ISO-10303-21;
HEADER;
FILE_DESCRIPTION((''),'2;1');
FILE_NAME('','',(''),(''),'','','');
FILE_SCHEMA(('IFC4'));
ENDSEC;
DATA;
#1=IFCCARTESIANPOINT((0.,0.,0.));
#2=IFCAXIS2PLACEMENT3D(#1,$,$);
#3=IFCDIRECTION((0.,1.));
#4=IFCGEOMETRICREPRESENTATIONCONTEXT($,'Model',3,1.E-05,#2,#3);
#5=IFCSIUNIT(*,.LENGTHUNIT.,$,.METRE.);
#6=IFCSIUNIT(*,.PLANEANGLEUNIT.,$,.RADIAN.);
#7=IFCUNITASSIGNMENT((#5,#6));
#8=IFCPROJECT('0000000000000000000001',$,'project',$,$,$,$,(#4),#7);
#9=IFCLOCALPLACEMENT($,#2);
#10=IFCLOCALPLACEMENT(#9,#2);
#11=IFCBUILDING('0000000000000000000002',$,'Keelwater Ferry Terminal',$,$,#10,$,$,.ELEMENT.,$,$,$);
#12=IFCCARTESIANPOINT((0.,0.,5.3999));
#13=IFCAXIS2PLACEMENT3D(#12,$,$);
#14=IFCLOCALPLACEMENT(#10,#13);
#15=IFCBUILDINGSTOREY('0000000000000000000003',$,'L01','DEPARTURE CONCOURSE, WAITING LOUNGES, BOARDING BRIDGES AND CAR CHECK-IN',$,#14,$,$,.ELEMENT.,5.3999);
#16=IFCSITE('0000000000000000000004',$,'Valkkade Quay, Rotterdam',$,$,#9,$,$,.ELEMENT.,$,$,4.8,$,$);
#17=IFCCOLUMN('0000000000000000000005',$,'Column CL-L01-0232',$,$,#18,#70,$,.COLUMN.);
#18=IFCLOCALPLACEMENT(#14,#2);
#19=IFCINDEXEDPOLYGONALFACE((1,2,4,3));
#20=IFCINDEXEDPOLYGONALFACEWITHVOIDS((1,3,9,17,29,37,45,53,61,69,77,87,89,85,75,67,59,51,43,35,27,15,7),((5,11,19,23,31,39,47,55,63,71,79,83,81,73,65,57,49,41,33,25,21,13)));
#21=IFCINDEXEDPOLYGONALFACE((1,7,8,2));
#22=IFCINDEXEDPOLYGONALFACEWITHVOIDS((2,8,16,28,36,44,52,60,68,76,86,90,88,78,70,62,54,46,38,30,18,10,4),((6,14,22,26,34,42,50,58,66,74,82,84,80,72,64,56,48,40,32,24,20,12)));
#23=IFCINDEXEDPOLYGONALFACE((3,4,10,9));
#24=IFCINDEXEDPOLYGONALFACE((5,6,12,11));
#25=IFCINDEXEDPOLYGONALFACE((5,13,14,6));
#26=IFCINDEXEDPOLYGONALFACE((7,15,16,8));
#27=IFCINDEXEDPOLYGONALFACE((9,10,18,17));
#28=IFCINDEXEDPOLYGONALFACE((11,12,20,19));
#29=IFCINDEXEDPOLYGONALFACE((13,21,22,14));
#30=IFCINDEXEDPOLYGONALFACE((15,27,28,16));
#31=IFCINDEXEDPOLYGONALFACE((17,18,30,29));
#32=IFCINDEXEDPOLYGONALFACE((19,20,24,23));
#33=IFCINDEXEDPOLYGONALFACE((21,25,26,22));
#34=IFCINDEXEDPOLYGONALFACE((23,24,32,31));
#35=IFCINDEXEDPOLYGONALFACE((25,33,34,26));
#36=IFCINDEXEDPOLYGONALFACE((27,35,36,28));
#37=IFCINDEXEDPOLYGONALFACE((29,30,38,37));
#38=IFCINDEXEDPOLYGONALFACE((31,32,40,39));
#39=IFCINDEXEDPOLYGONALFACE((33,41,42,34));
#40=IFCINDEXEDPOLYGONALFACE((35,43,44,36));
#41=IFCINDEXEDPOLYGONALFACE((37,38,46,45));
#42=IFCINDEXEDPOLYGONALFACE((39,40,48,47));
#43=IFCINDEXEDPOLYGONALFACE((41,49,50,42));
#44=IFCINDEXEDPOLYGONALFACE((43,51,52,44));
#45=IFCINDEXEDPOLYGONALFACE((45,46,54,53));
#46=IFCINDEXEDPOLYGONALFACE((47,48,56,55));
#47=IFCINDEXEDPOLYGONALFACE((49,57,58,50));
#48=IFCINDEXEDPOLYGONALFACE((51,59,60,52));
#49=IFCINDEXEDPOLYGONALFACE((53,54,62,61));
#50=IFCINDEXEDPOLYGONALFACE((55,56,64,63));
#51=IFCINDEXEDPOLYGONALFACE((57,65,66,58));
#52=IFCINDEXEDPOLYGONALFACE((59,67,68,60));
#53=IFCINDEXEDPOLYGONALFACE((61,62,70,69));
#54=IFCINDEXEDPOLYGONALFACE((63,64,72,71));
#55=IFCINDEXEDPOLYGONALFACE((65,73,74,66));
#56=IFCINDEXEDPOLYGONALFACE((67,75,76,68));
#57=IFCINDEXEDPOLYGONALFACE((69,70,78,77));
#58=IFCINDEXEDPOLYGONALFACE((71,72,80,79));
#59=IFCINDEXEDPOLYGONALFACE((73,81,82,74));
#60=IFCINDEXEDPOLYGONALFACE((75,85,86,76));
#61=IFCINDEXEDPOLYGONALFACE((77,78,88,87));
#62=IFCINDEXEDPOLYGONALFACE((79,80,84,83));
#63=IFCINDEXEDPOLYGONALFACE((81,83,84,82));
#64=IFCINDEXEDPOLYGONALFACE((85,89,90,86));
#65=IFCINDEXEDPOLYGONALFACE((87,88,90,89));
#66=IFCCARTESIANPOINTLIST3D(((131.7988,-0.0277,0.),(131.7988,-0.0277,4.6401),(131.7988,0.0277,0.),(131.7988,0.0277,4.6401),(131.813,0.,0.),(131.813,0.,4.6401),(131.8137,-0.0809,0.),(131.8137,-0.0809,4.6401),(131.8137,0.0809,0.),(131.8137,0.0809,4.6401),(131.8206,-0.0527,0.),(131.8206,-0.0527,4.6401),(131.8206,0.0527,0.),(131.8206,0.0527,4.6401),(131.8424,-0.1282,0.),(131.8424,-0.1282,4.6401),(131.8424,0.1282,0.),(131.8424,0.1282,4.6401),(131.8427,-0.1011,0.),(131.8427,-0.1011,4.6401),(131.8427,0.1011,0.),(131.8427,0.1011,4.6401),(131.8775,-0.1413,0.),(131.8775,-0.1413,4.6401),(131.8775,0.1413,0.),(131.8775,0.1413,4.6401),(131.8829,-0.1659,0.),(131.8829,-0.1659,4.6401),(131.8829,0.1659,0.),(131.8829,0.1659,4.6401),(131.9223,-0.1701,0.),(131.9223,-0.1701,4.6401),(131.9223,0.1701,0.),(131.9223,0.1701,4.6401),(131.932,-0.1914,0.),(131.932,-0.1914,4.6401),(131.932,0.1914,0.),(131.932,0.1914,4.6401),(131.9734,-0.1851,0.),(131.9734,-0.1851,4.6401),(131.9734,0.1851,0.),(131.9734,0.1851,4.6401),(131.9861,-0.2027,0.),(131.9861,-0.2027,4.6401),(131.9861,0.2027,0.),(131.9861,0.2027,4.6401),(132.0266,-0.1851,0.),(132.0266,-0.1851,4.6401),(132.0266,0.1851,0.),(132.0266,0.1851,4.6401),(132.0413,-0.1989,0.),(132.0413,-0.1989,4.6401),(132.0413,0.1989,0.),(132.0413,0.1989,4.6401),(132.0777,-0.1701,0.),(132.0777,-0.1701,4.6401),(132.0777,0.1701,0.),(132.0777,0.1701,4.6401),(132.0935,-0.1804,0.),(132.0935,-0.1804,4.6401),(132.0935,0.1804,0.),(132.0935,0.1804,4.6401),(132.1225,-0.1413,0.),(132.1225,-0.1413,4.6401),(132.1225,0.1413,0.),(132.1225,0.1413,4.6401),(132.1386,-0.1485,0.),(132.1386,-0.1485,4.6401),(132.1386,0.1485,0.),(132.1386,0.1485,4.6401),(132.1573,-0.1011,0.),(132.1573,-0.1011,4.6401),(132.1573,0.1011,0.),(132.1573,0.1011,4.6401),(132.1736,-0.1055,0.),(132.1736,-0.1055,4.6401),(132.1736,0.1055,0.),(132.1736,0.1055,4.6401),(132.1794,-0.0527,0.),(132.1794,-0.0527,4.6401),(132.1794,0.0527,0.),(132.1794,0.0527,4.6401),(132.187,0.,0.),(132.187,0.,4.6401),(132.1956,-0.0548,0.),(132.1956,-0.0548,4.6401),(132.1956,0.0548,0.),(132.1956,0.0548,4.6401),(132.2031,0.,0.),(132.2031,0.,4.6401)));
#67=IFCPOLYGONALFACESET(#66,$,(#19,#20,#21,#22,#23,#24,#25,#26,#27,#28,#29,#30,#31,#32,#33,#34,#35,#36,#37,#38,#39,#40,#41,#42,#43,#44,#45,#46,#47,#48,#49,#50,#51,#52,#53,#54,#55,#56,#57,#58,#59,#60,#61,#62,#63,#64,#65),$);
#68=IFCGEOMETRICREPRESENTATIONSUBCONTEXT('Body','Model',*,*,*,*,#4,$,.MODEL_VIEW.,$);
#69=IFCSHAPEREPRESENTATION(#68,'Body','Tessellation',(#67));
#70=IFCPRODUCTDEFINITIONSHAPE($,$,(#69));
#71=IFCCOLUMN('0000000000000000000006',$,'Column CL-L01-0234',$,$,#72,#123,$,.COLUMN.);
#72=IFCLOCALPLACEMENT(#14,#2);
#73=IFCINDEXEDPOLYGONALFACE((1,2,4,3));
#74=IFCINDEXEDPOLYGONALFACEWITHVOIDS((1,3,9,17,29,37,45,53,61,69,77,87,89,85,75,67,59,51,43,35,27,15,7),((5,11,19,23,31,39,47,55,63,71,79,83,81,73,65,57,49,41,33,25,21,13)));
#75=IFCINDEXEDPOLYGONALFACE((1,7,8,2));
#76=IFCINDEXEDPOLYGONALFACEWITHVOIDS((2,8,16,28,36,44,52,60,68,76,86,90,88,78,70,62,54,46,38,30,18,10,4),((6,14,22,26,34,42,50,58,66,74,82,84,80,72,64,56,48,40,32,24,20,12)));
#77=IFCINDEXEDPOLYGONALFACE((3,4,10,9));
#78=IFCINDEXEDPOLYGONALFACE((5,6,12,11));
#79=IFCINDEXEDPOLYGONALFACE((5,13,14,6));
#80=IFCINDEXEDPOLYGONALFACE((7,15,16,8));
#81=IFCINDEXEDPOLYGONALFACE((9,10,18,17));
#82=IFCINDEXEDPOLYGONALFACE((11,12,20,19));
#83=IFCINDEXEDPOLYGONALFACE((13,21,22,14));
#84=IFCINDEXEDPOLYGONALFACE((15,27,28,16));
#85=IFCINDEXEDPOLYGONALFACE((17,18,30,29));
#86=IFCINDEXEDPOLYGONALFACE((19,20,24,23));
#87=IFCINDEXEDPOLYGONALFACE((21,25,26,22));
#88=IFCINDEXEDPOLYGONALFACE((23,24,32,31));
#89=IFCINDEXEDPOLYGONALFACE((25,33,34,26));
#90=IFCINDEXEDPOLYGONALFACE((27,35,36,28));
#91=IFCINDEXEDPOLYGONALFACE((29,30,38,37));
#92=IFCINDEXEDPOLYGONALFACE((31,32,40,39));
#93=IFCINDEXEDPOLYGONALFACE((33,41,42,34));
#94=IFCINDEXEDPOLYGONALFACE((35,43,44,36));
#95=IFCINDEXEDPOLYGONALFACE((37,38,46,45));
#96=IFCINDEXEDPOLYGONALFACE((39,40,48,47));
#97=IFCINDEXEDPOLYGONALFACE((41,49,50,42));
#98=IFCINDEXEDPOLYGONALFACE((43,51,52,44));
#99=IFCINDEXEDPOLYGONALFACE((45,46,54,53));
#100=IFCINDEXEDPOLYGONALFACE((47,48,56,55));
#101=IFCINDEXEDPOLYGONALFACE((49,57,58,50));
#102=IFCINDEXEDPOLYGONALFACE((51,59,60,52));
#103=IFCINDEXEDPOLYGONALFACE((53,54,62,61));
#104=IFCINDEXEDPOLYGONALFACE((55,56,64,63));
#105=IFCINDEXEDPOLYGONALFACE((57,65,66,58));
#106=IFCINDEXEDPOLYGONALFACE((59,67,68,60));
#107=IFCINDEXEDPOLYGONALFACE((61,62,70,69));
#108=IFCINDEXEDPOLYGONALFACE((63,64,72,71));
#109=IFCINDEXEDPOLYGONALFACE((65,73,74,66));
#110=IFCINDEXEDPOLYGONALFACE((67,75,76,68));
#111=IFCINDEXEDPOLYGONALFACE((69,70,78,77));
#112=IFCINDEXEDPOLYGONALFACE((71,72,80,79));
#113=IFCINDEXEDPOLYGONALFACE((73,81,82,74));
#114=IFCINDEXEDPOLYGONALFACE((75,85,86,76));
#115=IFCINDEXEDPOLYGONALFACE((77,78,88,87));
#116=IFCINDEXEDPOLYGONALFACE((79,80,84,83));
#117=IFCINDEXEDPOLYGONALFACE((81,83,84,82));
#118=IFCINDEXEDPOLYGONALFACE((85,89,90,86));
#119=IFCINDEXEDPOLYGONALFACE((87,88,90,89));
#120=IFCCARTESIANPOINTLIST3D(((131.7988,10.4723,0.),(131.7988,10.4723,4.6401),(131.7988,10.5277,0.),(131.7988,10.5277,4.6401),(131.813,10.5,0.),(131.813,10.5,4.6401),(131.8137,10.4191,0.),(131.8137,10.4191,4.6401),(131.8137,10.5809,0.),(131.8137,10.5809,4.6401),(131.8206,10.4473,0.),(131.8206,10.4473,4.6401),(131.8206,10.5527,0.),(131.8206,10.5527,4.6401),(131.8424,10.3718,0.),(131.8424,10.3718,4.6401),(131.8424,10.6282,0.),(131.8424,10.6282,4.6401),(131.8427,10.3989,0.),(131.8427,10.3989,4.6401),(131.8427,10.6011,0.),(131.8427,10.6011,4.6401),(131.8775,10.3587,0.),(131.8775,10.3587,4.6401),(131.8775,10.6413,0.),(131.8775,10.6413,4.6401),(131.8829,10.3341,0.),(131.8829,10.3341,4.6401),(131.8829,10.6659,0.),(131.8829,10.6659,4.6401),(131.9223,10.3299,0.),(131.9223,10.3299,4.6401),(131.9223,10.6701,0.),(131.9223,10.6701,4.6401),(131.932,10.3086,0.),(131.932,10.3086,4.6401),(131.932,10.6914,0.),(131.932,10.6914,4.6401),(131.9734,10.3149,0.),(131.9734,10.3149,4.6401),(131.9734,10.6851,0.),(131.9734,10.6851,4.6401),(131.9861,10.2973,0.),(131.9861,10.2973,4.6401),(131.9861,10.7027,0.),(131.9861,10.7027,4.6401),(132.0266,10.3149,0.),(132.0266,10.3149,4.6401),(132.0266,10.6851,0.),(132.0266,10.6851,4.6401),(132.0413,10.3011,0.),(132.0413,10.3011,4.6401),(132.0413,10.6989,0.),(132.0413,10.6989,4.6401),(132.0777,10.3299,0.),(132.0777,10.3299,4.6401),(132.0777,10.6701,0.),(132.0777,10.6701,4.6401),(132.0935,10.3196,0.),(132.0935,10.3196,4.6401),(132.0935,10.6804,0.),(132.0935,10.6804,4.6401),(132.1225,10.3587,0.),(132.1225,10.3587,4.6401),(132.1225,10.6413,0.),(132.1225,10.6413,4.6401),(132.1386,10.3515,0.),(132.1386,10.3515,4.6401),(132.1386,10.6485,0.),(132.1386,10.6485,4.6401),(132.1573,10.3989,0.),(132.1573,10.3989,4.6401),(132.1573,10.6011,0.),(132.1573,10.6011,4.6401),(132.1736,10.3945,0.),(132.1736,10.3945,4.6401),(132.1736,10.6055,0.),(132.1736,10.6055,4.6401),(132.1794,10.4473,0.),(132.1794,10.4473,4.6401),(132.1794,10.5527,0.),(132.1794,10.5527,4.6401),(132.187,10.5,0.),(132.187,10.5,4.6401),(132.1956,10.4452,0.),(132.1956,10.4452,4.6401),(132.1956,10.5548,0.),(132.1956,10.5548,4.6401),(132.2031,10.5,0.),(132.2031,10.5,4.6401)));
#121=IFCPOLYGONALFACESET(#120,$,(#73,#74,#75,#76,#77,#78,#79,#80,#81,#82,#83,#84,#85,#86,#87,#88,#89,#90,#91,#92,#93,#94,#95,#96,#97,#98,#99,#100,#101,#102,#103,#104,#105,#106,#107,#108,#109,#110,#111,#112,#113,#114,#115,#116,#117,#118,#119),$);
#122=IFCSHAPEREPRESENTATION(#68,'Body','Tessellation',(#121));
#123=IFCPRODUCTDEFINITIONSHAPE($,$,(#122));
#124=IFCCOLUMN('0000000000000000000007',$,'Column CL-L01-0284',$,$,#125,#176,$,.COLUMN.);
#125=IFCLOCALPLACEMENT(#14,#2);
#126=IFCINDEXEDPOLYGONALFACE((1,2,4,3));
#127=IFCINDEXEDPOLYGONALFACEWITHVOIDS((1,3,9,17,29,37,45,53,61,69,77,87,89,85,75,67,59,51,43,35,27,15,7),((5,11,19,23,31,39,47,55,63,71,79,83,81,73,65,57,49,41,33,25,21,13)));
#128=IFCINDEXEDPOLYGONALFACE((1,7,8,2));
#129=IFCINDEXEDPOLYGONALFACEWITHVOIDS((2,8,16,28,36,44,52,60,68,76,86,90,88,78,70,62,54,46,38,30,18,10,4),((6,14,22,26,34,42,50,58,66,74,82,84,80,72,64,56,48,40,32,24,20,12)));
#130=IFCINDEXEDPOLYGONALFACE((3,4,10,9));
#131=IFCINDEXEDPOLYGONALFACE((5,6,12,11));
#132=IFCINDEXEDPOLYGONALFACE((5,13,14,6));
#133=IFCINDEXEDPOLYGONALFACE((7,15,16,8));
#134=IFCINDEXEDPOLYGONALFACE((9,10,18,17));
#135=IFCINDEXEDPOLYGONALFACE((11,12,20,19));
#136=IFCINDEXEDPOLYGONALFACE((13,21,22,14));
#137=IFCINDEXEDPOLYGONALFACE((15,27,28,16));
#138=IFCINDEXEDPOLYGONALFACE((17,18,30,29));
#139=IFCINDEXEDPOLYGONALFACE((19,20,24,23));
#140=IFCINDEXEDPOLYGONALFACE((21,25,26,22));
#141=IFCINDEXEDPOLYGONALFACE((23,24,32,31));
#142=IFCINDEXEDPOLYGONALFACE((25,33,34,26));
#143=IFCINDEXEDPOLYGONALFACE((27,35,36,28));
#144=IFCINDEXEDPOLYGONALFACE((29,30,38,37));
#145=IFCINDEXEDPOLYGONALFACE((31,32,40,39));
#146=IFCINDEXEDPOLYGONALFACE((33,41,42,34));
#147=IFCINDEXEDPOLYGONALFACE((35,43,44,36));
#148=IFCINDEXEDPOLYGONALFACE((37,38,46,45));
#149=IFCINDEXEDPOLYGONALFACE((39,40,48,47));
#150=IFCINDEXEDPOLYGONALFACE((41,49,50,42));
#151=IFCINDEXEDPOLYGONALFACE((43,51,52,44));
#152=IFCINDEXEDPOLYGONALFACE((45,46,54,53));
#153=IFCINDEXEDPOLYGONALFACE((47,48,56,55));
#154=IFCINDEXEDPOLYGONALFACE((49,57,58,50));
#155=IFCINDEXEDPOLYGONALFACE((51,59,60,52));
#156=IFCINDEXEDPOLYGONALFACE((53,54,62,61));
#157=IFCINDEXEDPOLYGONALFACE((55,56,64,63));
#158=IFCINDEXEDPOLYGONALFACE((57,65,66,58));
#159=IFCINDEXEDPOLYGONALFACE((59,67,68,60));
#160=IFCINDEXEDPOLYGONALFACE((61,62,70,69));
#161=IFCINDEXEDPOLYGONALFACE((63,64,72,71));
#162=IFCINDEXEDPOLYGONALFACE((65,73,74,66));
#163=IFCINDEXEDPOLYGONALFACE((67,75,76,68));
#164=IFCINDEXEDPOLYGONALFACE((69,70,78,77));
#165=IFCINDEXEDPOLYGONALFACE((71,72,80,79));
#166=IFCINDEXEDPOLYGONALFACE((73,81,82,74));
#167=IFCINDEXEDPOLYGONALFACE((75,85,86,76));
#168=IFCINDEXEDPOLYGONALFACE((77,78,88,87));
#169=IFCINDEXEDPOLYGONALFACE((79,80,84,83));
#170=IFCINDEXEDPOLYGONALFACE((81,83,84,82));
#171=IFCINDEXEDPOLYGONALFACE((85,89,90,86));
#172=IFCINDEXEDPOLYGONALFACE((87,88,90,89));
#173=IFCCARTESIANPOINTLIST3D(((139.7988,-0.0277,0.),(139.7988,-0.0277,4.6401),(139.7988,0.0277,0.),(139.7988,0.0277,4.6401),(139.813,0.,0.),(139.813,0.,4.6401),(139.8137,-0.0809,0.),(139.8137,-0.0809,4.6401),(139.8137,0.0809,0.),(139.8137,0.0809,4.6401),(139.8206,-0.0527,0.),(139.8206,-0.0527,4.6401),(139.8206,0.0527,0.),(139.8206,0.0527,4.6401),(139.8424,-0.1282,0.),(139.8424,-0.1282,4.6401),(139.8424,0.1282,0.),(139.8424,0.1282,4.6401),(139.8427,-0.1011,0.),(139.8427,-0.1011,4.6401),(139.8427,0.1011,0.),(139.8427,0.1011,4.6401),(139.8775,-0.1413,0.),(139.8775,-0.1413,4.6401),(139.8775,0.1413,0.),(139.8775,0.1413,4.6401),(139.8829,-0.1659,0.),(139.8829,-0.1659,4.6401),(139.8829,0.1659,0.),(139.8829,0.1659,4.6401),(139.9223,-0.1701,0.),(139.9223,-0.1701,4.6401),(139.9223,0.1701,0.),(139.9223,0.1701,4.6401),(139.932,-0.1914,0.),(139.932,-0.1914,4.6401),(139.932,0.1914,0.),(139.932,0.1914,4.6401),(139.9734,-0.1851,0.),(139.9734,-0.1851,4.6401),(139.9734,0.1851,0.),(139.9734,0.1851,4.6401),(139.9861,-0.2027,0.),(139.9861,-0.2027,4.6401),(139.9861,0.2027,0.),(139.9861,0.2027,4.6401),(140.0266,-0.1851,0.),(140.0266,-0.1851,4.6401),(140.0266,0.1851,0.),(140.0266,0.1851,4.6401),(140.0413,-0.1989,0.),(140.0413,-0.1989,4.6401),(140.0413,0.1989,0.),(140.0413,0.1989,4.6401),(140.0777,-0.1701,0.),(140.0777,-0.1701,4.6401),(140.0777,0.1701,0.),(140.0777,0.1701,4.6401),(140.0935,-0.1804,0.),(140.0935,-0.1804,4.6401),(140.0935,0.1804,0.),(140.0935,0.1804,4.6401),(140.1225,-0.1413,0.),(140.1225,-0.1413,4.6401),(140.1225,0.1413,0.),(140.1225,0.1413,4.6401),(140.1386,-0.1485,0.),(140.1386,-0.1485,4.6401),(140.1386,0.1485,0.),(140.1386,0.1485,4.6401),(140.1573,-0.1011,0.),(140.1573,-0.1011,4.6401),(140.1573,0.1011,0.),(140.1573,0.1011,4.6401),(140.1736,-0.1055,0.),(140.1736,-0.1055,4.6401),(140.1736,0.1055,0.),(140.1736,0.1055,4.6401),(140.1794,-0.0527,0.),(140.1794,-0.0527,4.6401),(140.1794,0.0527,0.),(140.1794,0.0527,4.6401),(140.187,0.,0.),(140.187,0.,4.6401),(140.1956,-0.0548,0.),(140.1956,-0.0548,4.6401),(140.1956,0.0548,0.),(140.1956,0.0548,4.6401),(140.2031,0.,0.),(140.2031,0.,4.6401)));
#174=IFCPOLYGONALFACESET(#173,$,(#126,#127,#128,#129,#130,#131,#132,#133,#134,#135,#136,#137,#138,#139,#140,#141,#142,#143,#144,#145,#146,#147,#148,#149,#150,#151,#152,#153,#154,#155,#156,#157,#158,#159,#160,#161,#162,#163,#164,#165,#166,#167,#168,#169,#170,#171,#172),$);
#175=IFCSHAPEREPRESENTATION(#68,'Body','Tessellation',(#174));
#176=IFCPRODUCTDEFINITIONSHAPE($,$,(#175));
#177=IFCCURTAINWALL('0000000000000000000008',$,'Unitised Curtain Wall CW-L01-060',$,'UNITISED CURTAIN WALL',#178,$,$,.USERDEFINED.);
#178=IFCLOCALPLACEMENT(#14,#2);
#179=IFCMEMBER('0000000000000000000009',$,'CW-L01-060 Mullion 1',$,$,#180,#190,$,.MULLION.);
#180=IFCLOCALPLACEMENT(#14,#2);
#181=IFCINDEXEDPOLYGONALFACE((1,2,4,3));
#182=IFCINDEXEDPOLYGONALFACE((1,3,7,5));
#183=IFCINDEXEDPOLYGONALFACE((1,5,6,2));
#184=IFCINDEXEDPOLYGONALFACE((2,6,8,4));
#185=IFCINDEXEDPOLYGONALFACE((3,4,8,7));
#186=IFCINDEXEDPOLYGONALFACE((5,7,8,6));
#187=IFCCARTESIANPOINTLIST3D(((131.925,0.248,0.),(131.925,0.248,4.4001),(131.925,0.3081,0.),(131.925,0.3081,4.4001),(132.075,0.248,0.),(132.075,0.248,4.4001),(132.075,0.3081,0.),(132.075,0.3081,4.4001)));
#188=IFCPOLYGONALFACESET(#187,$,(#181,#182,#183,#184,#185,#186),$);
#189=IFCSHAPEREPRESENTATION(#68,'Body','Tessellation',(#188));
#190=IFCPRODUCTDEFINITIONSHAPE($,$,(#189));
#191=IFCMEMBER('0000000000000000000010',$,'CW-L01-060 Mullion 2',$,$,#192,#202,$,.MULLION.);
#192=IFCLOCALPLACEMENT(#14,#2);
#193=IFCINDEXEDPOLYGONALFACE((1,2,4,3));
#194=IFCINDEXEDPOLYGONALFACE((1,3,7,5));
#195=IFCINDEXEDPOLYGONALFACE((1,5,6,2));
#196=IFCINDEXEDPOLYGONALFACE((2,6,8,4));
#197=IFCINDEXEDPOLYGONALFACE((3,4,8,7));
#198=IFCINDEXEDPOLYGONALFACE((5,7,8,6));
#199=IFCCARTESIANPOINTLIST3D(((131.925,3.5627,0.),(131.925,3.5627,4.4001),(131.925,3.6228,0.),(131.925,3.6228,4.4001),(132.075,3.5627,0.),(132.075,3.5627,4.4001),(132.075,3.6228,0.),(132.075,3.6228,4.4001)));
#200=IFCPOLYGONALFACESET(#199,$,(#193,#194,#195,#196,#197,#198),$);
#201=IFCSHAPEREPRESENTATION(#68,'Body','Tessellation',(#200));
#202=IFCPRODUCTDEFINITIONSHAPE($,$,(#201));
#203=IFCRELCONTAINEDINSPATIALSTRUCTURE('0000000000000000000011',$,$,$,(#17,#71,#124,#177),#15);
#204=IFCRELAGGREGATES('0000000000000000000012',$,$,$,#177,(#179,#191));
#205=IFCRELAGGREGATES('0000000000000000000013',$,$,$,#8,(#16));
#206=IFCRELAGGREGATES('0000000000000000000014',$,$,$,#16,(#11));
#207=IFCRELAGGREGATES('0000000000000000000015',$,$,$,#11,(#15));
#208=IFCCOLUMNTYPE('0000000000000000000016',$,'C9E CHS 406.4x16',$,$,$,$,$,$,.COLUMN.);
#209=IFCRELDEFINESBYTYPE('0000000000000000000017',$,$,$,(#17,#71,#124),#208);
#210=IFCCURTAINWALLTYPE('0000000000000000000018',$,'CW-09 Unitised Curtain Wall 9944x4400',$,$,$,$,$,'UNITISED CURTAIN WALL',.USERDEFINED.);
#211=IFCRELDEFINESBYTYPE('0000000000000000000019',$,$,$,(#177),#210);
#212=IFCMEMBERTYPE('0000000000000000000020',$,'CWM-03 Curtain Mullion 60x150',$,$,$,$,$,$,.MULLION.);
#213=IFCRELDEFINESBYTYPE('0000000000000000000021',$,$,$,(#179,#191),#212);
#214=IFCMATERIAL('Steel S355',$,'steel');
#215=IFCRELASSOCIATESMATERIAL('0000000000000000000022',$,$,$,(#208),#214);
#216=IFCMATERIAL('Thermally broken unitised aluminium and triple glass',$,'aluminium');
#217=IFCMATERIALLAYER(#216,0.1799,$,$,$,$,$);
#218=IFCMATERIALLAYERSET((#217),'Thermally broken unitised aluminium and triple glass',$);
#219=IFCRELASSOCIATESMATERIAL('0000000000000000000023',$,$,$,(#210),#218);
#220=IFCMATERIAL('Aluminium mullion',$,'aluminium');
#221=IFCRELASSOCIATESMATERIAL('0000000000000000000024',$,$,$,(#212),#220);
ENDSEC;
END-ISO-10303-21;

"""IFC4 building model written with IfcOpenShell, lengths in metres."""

from ifc_helpers import new_model, si_unit, direction, frame, origin, origin_2d, place, context, subcontext, project, spatial, rectangle, hollow_circle, extrude, material, layer, layer_set, material_profile, profile_set, type_object, element, aggregate, save


model = new_model("IFC4")

# Units and contexts
model_context = context("Model", 3, precision=1e-05, world=origin(), true_north=direction((0.0, 1.0)))
body_context = subcontext(model_context, "Body", "Model", "MODEL_VIEW")
ifc_project = project(units=[si_unit("LENGTHUNIT", "METRE"), si_unit("PLANEANGLEUNIT", "RADIAN")], contexts=[model_context])

# Site, building, storey
site_placement = place(None, origin())
site = spatial("IfcSite", under=ifc_project, at=site_placement, Name="Valkkade Quay, Rotterdam", CompositionType="ELEMENT", RefElevation=4.8)
building_placement = place(site_placement, origin())
building = spatial("IfcBuilding", under=site, at=building_placement, Name="Keelwater Ferry Terminal", CompositionType="ELEMENT")
storey_placement = place(building_placement, frame((0.0, 0.0, 5.3999)))
storey = spatial("IfcBuildingStorey", under=building, at=storey_placement, Name="L01", Description="DEPARTURE CONCOURSE, WAITING LOUNGES, BOARDING BRIDGES AND CAR CHECK-IN", CompositionType="ELEMENT", Elevation=5.3999)

# Columns
ifc_material_1 = material(Name="Steel S355", Category="steel")
ifc_material_profile_1 = material_profile(ifc_material_1, hollow_circle(Radius=0.2031, WallThickness=0.0161, at=origin_2d()), Name="CHS 406.4x16")
ifc_profile_set_1 = profile_set([ifc_material_profile_1], Name="Steel S355")
column_type = type_object("IfcColumnType", Name="C9E CHS 406.4x16", PredefinedType="COLUMN", material=ifc_profile_set_1)
for number, where, z_axis, x_axis, name in (
    (1, (132.0, 0.0, 0.0), (0.0, 0.0, 1.0), (1.0, 0.0, 0.0), "Column CL-L01-0232"),
    (2, (132.0, 10.5, 0.0), (0.0, 0.0, 1.0), (1.0, 0.0, 0.0), "Column CL-L01-0234"),
    (3, (140.0, 0.0, 0.0), (0.0, 0.0, 1.0), (1.0, 0.0, 0.0), "Column CL-L01-0284"),
):
    element("IfcColumn", number, at=place(storey_placement, frame(where, z_axis=z_axis, x_axis=x_axis)), inside=storey, type_object=column_type, Name=name, PredefinedType="COLUMN", context=body_context, shape_type="SweptSolid", body=[
        extrude(hollow_circle(Radius=0.2031, WallThickness=0.0161, at=origin_2d()), origin(), (0.0, 0.0, 1.0), 4.6401),
    ])

# Curtain wall, members
ifc_material_2 = material(Name="Thermally broken unitised aluminium and triple glass", Category="aluminium")
ifc_layer_1 = layer(ifc_material_2, 0.1799)
ifc_layer_set_1 = layer_set([ifc_layer_1], Name="Thermally broken unitised aluminium and triple glass")
curtain_wall_type = type_object("IfcCurtainWallType", Name="CW-09 Unitised Curtain Wall 9944x4400", ElementType="UNITISED CURTAIN WALL", PredefinedType="USERDEFINED", material=ifc_layer_set_1)
curtain_wall_placement = place(storey_placement, origin())
curtain_wall = element("IfcCurtainWall", 4, at=curtain_wall_placement, inside=storey, type_object=curtain_wall_type, Name="Unitised Curtain Wall CW-L01-060", ObjectType="UNITISED CURTAIN WALL", PredefinedType="USERDEFINED")
ifc_material_3 = material(Name="Aluminium mullion", Category="aluminium")
ifc_material_profile_2 = material_profile(ifc_material_3, rectangle(XDim=0.0601, YDim=0.1499, at=origin_2d()), Name="CWM-03")
ifc_profile_set_2 = profile_set([ifc_material_profile_2], Name="Aluminium mullion")
member_type_1 = type_object("IfcMemberType", Name="CWM-03 Curtain Mullion 60x150", PredefinedType="MULLION", material=ifc_profile_set_2)
member_1_placement = place(storey_placement, frame((132.0, 0.2781, 0.0), z_axis=(0.0, 0.0, 1.0), x_axis=(0.0, 1.0, 0.0)))
member_1 = element("IfcMember", 5, at=member_1_placement, type_object=member_type_1, Name="CW-L01-060 Mullion 1", PredefinedType="MULLION", context=body_context, shape_type="SweptSolid", body=[
    extrude(rectangle(XDim=0.0601, YDim=0.1499, at=origin_2d()), origin(), (0.0, 0.0, 1.0), 4.4001),
])
member_2_placement = place(storey_placement, frame((132.0, 3.5928, 0.0), z_axis=(0.0, 0.0, 1.0), x_axis=(0.0, 1.0, 0.0)))
member_2 = element("IfcMember", 6, at=member_2_placement, type_object=member_type_1, Name="CW-L01-060 Mullion 2", PredefinedType="MULLION", context=body_context, shape_type="SweptSolid", body=[
    extrude(rectangle(XDim=0.0601, YDim=0.1499, at=origin_2d()), origin(), (0.0, 0.0, 1.0), 4.4001),
])

aggregate(curtain_wall, [member_1, member_2])

save(model, "model.ifc")
